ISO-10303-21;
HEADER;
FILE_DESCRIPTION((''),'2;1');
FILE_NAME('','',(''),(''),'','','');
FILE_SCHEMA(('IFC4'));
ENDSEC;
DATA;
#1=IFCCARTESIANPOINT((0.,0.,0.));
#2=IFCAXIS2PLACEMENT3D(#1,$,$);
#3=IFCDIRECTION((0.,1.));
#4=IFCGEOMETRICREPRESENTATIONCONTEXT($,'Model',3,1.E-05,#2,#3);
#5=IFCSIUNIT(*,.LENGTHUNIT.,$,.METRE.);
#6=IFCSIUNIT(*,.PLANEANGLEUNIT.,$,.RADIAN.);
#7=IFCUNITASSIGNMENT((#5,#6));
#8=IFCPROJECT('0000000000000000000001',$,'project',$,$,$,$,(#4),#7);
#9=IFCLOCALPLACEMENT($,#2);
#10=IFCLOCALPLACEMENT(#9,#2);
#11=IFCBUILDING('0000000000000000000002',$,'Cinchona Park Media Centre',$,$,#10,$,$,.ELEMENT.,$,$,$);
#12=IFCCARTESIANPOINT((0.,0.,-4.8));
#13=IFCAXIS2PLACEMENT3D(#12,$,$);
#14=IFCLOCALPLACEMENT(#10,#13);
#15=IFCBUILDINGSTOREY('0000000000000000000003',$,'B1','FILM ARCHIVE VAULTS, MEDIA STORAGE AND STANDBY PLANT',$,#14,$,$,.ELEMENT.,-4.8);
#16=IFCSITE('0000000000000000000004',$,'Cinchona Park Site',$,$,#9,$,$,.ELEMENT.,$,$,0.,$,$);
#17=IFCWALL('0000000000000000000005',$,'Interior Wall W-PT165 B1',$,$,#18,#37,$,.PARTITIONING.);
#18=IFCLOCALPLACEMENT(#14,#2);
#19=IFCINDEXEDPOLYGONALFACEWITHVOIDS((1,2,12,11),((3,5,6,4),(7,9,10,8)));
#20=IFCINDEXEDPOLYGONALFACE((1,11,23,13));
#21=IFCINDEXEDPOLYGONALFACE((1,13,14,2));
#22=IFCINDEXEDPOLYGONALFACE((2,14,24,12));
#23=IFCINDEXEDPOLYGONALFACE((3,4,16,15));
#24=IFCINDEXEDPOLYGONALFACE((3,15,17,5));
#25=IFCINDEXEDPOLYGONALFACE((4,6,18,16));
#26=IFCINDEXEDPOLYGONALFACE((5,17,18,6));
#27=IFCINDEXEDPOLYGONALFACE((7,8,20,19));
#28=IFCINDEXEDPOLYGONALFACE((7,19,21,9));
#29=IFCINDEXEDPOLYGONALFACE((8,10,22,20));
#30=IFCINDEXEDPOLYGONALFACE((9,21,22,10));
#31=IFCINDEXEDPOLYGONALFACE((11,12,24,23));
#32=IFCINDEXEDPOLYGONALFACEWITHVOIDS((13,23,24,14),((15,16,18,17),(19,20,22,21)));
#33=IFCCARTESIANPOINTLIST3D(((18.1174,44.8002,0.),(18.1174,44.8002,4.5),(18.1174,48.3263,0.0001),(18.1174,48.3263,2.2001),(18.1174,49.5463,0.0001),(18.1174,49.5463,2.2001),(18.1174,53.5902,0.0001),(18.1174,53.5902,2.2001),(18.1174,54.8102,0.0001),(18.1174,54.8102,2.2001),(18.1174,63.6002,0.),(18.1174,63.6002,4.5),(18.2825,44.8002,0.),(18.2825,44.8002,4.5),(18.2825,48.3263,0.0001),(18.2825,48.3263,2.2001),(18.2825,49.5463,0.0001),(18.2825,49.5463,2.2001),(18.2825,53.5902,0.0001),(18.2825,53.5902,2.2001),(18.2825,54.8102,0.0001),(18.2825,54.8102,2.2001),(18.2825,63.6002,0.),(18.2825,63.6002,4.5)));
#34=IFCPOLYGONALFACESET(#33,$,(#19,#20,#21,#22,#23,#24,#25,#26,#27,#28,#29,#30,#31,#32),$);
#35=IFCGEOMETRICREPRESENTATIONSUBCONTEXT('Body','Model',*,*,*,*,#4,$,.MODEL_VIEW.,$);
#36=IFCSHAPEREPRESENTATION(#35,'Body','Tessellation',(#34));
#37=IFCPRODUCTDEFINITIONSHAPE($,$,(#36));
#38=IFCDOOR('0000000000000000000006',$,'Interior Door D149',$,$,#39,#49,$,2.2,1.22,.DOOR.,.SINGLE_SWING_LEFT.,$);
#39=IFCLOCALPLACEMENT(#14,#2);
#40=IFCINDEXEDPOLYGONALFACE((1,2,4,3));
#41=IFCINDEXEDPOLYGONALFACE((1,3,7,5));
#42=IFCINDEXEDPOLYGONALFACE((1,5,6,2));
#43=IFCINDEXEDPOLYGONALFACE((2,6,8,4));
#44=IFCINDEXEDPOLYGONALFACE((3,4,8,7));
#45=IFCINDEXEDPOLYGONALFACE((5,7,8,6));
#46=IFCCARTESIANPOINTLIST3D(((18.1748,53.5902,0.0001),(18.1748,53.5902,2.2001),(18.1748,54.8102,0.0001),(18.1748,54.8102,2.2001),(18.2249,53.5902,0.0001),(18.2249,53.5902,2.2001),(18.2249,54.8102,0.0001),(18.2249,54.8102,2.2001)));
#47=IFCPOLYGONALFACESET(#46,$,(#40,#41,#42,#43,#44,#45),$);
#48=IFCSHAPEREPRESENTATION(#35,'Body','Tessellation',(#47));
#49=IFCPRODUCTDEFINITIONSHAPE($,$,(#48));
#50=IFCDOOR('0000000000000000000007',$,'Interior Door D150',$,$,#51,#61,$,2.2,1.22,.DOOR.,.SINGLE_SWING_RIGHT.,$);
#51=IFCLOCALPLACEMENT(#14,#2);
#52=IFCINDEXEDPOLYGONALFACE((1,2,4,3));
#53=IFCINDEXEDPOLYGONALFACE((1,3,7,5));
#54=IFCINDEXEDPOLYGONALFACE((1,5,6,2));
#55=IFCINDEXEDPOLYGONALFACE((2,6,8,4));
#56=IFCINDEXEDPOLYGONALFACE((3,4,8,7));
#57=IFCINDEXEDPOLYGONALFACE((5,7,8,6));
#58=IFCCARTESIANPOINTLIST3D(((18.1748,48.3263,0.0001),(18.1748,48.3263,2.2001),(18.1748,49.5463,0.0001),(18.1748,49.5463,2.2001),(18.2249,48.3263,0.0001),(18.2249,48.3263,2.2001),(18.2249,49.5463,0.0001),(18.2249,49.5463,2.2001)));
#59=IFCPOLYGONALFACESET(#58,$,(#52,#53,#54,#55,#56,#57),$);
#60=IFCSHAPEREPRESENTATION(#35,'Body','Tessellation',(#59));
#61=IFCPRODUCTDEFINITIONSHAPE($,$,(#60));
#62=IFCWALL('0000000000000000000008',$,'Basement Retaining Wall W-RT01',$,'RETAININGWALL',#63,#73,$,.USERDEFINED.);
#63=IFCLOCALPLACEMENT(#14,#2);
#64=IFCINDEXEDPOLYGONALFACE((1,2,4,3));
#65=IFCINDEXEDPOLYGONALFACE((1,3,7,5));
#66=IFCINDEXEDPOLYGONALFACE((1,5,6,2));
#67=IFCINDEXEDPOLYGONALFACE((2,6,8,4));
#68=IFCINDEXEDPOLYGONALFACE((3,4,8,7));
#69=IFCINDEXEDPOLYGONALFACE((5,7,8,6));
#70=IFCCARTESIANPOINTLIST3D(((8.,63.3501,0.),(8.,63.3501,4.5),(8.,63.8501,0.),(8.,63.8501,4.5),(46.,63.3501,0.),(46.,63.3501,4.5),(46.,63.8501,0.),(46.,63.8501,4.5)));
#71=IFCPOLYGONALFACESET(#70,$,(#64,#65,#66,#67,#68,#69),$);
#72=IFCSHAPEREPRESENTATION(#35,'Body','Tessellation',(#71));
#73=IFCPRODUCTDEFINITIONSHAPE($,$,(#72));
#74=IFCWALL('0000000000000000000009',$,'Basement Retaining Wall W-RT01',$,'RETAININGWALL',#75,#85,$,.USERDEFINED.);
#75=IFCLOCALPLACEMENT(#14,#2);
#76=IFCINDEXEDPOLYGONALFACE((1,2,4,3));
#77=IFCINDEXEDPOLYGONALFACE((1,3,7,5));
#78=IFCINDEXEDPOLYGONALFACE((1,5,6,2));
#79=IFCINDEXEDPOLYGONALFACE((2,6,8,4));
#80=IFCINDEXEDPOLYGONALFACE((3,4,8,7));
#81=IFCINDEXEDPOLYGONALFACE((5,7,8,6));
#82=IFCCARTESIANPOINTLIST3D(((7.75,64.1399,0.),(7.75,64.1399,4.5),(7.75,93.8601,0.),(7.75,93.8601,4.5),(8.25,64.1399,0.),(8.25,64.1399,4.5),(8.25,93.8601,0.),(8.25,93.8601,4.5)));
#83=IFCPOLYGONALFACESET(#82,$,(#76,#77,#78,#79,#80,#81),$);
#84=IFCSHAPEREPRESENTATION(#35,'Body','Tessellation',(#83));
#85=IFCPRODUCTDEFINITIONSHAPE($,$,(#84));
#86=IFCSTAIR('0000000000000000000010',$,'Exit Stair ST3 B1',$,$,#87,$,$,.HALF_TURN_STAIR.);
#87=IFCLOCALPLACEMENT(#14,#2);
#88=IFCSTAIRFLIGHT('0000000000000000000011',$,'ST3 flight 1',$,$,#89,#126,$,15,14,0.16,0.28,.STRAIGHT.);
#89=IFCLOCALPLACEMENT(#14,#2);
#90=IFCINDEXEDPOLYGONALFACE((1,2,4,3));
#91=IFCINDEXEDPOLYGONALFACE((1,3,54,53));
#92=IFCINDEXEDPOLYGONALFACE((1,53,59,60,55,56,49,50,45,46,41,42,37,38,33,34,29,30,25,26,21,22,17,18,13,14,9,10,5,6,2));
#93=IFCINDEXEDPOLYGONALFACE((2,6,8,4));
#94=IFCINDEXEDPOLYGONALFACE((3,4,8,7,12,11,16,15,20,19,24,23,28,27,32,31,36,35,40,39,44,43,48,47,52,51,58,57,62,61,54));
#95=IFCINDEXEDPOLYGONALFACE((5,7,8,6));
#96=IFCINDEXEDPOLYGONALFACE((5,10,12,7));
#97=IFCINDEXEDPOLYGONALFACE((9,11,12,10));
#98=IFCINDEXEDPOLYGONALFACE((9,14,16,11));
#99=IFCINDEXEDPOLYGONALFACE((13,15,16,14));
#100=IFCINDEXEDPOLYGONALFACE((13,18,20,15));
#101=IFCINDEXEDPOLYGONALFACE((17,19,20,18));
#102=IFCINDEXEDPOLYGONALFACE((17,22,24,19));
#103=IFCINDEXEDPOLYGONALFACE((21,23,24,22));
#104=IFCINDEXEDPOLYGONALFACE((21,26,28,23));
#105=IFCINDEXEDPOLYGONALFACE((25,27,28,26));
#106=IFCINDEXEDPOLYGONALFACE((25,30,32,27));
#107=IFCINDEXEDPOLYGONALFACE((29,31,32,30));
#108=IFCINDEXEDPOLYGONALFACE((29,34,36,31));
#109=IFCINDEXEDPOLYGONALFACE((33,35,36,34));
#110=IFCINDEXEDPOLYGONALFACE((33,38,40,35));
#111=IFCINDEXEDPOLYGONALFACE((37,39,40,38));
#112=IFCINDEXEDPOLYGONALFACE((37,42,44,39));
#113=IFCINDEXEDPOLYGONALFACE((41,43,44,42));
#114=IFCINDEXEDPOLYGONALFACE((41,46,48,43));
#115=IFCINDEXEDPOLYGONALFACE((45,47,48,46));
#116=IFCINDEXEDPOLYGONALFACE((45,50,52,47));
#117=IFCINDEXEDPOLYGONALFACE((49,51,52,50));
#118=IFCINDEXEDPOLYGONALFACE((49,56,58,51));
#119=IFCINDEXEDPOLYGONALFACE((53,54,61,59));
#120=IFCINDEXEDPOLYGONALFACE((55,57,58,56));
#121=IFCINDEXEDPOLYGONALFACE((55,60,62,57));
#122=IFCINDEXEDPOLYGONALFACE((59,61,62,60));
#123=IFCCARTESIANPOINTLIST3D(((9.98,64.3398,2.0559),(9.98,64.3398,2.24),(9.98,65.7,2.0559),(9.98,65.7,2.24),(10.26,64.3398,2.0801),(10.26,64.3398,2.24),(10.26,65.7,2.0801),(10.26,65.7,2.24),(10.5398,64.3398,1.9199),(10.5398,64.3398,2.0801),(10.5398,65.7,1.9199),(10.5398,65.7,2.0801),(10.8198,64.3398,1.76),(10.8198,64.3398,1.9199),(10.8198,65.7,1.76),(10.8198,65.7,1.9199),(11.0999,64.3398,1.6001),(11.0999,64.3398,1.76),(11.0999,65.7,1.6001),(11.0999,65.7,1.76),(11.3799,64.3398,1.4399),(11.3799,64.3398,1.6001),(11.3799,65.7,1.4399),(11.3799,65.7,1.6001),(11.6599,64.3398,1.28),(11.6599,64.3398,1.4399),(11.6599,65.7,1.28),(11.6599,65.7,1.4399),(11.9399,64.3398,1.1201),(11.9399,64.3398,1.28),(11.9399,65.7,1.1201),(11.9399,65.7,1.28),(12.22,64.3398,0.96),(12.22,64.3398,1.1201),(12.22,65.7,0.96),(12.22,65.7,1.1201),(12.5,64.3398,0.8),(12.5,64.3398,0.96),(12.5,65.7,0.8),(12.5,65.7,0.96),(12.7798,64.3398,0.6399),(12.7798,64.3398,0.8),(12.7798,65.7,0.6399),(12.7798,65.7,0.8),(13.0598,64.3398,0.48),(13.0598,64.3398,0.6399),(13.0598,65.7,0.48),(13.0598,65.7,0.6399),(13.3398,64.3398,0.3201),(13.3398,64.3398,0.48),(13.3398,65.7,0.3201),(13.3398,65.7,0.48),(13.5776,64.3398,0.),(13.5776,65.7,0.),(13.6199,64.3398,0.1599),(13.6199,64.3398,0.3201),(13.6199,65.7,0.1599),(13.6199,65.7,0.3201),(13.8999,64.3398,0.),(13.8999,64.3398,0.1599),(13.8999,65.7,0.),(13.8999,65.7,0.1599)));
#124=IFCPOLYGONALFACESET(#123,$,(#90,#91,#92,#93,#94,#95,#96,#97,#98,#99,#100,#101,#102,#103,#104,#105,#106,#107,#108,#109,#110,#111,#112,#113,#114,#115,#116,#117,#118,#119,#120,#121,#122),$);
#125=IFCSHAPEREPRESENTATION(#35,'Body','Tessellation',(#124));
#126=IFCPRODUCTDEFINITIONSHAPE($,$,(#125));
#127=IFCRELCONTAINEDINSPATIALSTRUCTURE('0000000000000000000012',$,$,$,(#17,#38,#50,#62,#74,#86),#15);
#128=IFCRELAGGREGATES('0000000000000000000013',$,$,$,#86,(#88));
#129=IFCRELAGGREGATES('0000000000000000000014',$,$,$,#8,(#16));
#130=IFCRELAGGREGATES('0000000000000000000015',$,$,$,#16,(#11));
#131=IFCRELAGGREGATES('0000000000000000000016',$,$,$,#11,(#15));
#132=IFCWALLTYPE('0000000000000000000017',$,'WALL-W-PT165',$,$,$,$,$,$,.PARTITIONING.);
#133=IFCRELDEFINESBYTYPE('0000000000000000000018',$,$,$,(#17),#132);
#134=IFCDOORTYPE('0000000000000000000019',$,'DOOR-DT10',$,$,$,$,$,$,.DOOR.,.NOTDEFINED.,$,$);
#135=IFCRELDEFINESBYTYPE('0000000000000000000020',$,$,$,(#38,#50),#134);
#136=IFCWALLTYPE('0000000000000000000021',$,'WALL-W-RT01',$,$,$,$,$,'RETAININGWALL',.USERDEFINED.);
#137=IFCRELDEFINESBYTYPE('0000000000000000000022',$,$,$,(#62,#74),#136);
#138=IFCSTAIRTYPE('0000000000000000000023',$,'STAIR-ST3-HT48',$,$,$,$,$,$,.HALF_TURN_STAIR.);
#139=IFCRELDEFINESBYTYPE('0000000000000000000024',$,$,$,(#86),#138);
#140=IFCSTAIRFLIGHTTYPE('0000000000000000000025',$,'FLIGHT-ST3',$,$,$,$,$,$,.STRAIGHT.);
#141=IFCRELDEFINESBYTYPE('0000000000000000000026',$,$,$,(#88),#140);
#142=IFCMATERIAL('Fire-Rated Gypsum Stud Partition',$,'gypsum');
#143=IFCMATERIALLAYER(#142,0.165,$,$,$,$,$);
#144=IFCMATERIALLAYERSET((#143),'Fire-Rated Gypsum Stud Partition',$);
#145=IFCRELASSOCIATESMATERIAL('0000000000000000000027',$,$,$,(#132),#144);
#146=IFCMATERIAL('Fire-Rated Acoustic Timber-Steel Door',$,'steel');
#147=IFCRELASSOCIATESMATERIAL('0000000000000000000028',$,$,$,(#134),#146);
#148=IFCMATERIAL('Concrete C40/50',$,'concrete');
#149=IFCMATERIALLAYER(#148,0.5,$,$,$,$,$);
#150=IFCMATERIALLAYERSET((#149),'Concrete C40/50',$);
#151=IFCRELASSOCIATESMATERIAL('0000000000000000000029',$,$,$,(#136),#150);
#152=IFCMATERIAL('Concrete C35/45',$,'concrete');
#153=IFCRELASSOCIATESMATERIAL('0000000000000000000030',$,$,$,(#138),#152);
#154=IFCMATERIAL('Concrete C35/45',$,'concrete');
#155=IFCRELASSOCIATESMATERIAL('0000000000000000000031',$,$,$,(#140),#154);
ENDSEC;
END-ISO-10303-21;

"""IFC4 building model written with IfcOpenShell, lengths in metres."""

from ifc_helpers import new_model, si_unit, direction, frame, frame_2d, origin, place, context, subcontext, project, spatial, polyline, rectangle, outline, extrude, material, layer, layer_set, type_object, element, fill, aggregate, save


model = new_model("IFC4")

# Units and contexts
model_context = context("Model", 3, precision=1e-05, world=origin(), true_north=direction((0.0, 1.0)))
body_context = subcontext(model_context, "Body", "Model", "MODEL_VIEW")
ifc_project = project(units=[si_unit("LENGTHUNIT", "METRE"), si_unit("PLANEANGLEUNIT", "RADIAN")], contexts=[model_context])

# Site, building, storey
site_placement = place(None, origin())
site = spatial("IfcSite", under=ifc_project, at=site_placement, Name="Cinchona Park Site", CompositionType="ELEMENT", RefElevation=0.0)
building_placement = place(site_placement, origin())
building = spatial("IfcBuilding", under=site, at=building_placement, Name="Cinchona Park Media Centre", CompositionType="ELEMENT")
storey_placement = place(building_placement, frame((0.0, 0.0, -4.8)))
storey = spatial("IfcBuildingStorey", under=building, at=storey_placement, Name="B1", Description="FILM ARCHIVE VAULTS, MEDIA STORAGE AND STANDBY PLANT", CompositionType="ELEMENT", Elevation=-4.8)

# Wall, openings, doors
ifc_material_1 = material(Name="Fire-Rated Gypsum Stud Partition", Category="gypsum")
ifc_layer_1 = layer(ifc_material_1, 0.165)
ifc_layer_set_1 = layer_set([ifc_layer_1], Name="Fire-Rated Gypsum Stud Partition")
wall_type_1 = type_object("IfcWallType", Name="WALL-W-PT165", PredefinedType="PARTITIONING", material=ifc_layer_set_1)
wall_1_placement = place(storey_placement, frame((18.2, 63.6001, 0.0), z_axis=(0.0, 0.0, 1.0), x_axis=(0.0, -1.0, 0.0)))
wall_1 = element("IfcWall", 1, at=wall_1_placement, inside=storey, type_object=wall_type_1, Name="Interior Wall W-PT165 B1", PredefinedType="PARTITIONING", context=body_context, shape_type="SweptSolid", body=[
    extrude(rectangle(XDim=18.8, YDim=0.165, at=frame_2d((9.3999, 0.0))), origin(), (0.0, 0.0, 1.0), 4.5),
])
opening_1_placement = place(wall_1_placement, frame((8.79, 0.0, 0.0)))
opening_1 = element("IfcOpeningElement", 2, at=opening_1_placement, cuts=wall_1, PredefinedType="OPENING", context=body_context, shape_type="SweptSolid", body=[
    extrude(rectangle(XDim=1.22, YDim=2.2, at=frame_2d((0.6099, 1.1001))), frame((0.0, 0.0925, 0.0), z_axis=(0.0, -1.0, 0.0), x_axis=(1.0, 0.0, 0.0)), (0.0, 0.0, 1.0), 0.1851),
])
opening_2_placement = place(wall_1_placement, frame((14.054, 0.0, 0.0)))
opening_2 = element("IfcOpeningElement", 3, at=opening_2_placement, cuts=wall_1, PredefinedType="OPENING", context=body_context, shape_type="SweptSolid", body=[
    extrude(rectangle(XDim=1.22, YDim=2.2, at=frame_2d((0.6099, 1.1001))), frame((0.0, 0.0925, 0.0), z_axis=(0.0, -1.0, 0.0), x_axis=(1.0, 0.0, 0.0)), (0.0, 0.0, 1.0), 0.1851),
])
ifc_material_2 = material(Name="Fire-Rated Acoustic Timber-Steel Door", Category="steel")
door_type_1 = type_object("IfcDoorType", Name="DOOR-DT10", OperationType="NOTDEFINED", PredefinedType="DOOR", material=ifc_material_2)
door_1_placement = place(opening_1_placement, origin())
door_1 = element("IfcDoor", 4, at=door_1_placement, inside=storey, type_object=door_type_1, Name="Interior Door D149", OperationType="SINGLE_SWING_LEFT", OverallHeight=2.2, OverallWidth=1.22, PredefinedType="DOOR", context=body_context, shape_type="SweptSolid", body=[
    extrude(rectangle(XDim=1.22, YDim=2.2, at=frame_2d((0.6099, 1.1001))), frame((0.0, 0.0249, 0.0), z_axis=(0.0, -1.0, 0.0), x_axis=(1.0, 0.0, 0.0)), (0.0, 0.0, 1.0), 0.05),
])
fill(opening_1, door_1)
door_2_placement = place(opening_2_placement, origin())
door_2 = element("IfcDoor", 5, at=door_2_placement, inside=storey, type_object=door_type_1, Name="Interior Door D150", OperationType="SINGLE_SWING_RIGHT", OverallHeight=2.2, OverallWidth=1.22, PredefinedType="DOOR", context=body_context, shape_type="SweptSolid", body=[
    extrude(rectangle(XDim=1.22, YDim=2.2, at=frame_2d((0.6099, 1.1001))), frame((0.0, 0.0249, 0.0), z_axis=(0.0, -1.0, 0.0), x_axis=(1.0, 0.0, 0.0)), (0.0, 0.0, 1.0), 0.05),
])
fill(opening_2, door_2)

# Walls
ifc_material_3 = material(Name="Concrete C40/50", Category="concrete")
ifc_layer_2 = layer(ifc_material_3, 0.5)
ifc_layer_set_2 = layer_set([ifc_layer_2], Name="Concrete C40/50")
wall_type_2 = type_object("IfcWallType", Name="WALL-W-RT01", ElementType="RETAININGWALL", PredefinedType="USERDEFINED", material=ifc_layer_set_2)
wall_2_placement = place(storey_placement, frame((8.0, 63.6001, 0.0), z_axis=(0.0, 0.0, 1.0), x_axis=(1.0, 0.0, 0.0)))
element("IfcWall", 6, at=wall_2_placement, inside=storey, type_object=wall_type_2, Name="Basement Retaining Wall W-RT01", ObjectType="RETAININGWALL", PredefinedType="USERDEFINED", context=body_context, shape_type="SweptSolid", body=[
    extrude(rectangle(XDim=38.0, YDim=0.5, at=frame_2d((19.0, 0.0))), origin(), (0.0, 0.0, 1.0), 4.5),
])
wall_3_placement = place(storey_placement, frame((8.0, 64.1399, 0.0), z_axis=(0.0, 0.0, 1.0), x_axis=(0.0, 1.0, 0.0)))
element("IfcWall", 7, at=wall_3_placement, inside=storey, type_object=wall_type_2, Name="Basement Retaining Wall W-RT01", ObjectType="RETAININGWALL", PredefinedType="USERDEFINED", context=body_context, shape_type="SweptSolid", body=[
    extrude(rectangle(XDim=29.7202, YDim=0.5, at=frame_2d((14.8601, 0.0))), origin(), (0.0, 0.0, 1.0), 4.5),
])

# Stair, stair flight
ifc_material_4 = material(Name="Concrete C35/45", Category="concrete")
stair_type = type_object("IfcStairType", Name="STAIR-ST3-HT48", PredefinedType="HALF_TURN_STAIR", material=ifc_material_4)
stair_placement = place(storey_placement, origin())
stair = element("IfcStair", 8, at=stair_placement, inside=storey, type_object=stair_type, Name="Exit Stair ST3 B1", PredefinedType="HALF_TURN_STAIR")
ifc_material_5 = material(Name="Concrete C35/45", Category="concrete")
stair_flight_type = type_object("IfcStairFlightType", Name="FLIGHT-ST3", PredefinedType="STRAIGHT", material=ifc_material_5)
stair_flight_placement = place(storey_placement, frame((13.8999, 65.02, 0.0), z_axis=(0.0, 0.0, 1.0), x_axis=(-1.0, 0.0, 0.0)))
stair_flight = element("IfcStairFlight", 9, at=stair_flight_placement, type_object=stair_flight_type, Name="ST3 flight 1", NumberOfRisers=15, NumberOfTreads=14, PredefinedType="STRAIGHT", RiserHeight=0.16, TreadLength=0.28, context=body_context, shape_type="SweptSolid", body=[
    extrude(outline(polyline([(0.0, 0.0), (0.0, 0.1599), (0.28, 0.1599), (0.28, 0.3201), (0.5601, 0.3201), (0.5601, 0.48), (0.8401, 0.48), (0.8401, 0.6399), (1.1201, 0.6399), (1.1201, 0.8), (1.3999, 0.8), (1.3999, 0.96), (1.6799, 0.96), (1.6799, 1.1201), (1.96, 1.1201), (1.96, 1.28), (2.24, 1.28), (2.24, 1.4399), (2.52, 1.4399), (2.52, 1.6001), (2.8, 1.6001), (2.8, 1.76), (3.0801, 1.76), (3.0801, 1.9199), (3.3601, 1.9199), (3.3601, 2.0801), (3.6399, 2.0801), (3.6399, 2.24), (3.9199, 2.24), (3.9199, 2.3999), (3.9199, 2.0559), (0.3223, 0.0), (0.0, 0.0)])), frame((0.0, 0.6802, 0.0), z_axis=(0.0, -1.0, 0.0), x_axis=(1.0, 0.0, 0.0)), (0.0, 0.0, 1.0), 1.3601),
])
aggregate(stair, [stair_flight])

save(model, "model.ifc")
